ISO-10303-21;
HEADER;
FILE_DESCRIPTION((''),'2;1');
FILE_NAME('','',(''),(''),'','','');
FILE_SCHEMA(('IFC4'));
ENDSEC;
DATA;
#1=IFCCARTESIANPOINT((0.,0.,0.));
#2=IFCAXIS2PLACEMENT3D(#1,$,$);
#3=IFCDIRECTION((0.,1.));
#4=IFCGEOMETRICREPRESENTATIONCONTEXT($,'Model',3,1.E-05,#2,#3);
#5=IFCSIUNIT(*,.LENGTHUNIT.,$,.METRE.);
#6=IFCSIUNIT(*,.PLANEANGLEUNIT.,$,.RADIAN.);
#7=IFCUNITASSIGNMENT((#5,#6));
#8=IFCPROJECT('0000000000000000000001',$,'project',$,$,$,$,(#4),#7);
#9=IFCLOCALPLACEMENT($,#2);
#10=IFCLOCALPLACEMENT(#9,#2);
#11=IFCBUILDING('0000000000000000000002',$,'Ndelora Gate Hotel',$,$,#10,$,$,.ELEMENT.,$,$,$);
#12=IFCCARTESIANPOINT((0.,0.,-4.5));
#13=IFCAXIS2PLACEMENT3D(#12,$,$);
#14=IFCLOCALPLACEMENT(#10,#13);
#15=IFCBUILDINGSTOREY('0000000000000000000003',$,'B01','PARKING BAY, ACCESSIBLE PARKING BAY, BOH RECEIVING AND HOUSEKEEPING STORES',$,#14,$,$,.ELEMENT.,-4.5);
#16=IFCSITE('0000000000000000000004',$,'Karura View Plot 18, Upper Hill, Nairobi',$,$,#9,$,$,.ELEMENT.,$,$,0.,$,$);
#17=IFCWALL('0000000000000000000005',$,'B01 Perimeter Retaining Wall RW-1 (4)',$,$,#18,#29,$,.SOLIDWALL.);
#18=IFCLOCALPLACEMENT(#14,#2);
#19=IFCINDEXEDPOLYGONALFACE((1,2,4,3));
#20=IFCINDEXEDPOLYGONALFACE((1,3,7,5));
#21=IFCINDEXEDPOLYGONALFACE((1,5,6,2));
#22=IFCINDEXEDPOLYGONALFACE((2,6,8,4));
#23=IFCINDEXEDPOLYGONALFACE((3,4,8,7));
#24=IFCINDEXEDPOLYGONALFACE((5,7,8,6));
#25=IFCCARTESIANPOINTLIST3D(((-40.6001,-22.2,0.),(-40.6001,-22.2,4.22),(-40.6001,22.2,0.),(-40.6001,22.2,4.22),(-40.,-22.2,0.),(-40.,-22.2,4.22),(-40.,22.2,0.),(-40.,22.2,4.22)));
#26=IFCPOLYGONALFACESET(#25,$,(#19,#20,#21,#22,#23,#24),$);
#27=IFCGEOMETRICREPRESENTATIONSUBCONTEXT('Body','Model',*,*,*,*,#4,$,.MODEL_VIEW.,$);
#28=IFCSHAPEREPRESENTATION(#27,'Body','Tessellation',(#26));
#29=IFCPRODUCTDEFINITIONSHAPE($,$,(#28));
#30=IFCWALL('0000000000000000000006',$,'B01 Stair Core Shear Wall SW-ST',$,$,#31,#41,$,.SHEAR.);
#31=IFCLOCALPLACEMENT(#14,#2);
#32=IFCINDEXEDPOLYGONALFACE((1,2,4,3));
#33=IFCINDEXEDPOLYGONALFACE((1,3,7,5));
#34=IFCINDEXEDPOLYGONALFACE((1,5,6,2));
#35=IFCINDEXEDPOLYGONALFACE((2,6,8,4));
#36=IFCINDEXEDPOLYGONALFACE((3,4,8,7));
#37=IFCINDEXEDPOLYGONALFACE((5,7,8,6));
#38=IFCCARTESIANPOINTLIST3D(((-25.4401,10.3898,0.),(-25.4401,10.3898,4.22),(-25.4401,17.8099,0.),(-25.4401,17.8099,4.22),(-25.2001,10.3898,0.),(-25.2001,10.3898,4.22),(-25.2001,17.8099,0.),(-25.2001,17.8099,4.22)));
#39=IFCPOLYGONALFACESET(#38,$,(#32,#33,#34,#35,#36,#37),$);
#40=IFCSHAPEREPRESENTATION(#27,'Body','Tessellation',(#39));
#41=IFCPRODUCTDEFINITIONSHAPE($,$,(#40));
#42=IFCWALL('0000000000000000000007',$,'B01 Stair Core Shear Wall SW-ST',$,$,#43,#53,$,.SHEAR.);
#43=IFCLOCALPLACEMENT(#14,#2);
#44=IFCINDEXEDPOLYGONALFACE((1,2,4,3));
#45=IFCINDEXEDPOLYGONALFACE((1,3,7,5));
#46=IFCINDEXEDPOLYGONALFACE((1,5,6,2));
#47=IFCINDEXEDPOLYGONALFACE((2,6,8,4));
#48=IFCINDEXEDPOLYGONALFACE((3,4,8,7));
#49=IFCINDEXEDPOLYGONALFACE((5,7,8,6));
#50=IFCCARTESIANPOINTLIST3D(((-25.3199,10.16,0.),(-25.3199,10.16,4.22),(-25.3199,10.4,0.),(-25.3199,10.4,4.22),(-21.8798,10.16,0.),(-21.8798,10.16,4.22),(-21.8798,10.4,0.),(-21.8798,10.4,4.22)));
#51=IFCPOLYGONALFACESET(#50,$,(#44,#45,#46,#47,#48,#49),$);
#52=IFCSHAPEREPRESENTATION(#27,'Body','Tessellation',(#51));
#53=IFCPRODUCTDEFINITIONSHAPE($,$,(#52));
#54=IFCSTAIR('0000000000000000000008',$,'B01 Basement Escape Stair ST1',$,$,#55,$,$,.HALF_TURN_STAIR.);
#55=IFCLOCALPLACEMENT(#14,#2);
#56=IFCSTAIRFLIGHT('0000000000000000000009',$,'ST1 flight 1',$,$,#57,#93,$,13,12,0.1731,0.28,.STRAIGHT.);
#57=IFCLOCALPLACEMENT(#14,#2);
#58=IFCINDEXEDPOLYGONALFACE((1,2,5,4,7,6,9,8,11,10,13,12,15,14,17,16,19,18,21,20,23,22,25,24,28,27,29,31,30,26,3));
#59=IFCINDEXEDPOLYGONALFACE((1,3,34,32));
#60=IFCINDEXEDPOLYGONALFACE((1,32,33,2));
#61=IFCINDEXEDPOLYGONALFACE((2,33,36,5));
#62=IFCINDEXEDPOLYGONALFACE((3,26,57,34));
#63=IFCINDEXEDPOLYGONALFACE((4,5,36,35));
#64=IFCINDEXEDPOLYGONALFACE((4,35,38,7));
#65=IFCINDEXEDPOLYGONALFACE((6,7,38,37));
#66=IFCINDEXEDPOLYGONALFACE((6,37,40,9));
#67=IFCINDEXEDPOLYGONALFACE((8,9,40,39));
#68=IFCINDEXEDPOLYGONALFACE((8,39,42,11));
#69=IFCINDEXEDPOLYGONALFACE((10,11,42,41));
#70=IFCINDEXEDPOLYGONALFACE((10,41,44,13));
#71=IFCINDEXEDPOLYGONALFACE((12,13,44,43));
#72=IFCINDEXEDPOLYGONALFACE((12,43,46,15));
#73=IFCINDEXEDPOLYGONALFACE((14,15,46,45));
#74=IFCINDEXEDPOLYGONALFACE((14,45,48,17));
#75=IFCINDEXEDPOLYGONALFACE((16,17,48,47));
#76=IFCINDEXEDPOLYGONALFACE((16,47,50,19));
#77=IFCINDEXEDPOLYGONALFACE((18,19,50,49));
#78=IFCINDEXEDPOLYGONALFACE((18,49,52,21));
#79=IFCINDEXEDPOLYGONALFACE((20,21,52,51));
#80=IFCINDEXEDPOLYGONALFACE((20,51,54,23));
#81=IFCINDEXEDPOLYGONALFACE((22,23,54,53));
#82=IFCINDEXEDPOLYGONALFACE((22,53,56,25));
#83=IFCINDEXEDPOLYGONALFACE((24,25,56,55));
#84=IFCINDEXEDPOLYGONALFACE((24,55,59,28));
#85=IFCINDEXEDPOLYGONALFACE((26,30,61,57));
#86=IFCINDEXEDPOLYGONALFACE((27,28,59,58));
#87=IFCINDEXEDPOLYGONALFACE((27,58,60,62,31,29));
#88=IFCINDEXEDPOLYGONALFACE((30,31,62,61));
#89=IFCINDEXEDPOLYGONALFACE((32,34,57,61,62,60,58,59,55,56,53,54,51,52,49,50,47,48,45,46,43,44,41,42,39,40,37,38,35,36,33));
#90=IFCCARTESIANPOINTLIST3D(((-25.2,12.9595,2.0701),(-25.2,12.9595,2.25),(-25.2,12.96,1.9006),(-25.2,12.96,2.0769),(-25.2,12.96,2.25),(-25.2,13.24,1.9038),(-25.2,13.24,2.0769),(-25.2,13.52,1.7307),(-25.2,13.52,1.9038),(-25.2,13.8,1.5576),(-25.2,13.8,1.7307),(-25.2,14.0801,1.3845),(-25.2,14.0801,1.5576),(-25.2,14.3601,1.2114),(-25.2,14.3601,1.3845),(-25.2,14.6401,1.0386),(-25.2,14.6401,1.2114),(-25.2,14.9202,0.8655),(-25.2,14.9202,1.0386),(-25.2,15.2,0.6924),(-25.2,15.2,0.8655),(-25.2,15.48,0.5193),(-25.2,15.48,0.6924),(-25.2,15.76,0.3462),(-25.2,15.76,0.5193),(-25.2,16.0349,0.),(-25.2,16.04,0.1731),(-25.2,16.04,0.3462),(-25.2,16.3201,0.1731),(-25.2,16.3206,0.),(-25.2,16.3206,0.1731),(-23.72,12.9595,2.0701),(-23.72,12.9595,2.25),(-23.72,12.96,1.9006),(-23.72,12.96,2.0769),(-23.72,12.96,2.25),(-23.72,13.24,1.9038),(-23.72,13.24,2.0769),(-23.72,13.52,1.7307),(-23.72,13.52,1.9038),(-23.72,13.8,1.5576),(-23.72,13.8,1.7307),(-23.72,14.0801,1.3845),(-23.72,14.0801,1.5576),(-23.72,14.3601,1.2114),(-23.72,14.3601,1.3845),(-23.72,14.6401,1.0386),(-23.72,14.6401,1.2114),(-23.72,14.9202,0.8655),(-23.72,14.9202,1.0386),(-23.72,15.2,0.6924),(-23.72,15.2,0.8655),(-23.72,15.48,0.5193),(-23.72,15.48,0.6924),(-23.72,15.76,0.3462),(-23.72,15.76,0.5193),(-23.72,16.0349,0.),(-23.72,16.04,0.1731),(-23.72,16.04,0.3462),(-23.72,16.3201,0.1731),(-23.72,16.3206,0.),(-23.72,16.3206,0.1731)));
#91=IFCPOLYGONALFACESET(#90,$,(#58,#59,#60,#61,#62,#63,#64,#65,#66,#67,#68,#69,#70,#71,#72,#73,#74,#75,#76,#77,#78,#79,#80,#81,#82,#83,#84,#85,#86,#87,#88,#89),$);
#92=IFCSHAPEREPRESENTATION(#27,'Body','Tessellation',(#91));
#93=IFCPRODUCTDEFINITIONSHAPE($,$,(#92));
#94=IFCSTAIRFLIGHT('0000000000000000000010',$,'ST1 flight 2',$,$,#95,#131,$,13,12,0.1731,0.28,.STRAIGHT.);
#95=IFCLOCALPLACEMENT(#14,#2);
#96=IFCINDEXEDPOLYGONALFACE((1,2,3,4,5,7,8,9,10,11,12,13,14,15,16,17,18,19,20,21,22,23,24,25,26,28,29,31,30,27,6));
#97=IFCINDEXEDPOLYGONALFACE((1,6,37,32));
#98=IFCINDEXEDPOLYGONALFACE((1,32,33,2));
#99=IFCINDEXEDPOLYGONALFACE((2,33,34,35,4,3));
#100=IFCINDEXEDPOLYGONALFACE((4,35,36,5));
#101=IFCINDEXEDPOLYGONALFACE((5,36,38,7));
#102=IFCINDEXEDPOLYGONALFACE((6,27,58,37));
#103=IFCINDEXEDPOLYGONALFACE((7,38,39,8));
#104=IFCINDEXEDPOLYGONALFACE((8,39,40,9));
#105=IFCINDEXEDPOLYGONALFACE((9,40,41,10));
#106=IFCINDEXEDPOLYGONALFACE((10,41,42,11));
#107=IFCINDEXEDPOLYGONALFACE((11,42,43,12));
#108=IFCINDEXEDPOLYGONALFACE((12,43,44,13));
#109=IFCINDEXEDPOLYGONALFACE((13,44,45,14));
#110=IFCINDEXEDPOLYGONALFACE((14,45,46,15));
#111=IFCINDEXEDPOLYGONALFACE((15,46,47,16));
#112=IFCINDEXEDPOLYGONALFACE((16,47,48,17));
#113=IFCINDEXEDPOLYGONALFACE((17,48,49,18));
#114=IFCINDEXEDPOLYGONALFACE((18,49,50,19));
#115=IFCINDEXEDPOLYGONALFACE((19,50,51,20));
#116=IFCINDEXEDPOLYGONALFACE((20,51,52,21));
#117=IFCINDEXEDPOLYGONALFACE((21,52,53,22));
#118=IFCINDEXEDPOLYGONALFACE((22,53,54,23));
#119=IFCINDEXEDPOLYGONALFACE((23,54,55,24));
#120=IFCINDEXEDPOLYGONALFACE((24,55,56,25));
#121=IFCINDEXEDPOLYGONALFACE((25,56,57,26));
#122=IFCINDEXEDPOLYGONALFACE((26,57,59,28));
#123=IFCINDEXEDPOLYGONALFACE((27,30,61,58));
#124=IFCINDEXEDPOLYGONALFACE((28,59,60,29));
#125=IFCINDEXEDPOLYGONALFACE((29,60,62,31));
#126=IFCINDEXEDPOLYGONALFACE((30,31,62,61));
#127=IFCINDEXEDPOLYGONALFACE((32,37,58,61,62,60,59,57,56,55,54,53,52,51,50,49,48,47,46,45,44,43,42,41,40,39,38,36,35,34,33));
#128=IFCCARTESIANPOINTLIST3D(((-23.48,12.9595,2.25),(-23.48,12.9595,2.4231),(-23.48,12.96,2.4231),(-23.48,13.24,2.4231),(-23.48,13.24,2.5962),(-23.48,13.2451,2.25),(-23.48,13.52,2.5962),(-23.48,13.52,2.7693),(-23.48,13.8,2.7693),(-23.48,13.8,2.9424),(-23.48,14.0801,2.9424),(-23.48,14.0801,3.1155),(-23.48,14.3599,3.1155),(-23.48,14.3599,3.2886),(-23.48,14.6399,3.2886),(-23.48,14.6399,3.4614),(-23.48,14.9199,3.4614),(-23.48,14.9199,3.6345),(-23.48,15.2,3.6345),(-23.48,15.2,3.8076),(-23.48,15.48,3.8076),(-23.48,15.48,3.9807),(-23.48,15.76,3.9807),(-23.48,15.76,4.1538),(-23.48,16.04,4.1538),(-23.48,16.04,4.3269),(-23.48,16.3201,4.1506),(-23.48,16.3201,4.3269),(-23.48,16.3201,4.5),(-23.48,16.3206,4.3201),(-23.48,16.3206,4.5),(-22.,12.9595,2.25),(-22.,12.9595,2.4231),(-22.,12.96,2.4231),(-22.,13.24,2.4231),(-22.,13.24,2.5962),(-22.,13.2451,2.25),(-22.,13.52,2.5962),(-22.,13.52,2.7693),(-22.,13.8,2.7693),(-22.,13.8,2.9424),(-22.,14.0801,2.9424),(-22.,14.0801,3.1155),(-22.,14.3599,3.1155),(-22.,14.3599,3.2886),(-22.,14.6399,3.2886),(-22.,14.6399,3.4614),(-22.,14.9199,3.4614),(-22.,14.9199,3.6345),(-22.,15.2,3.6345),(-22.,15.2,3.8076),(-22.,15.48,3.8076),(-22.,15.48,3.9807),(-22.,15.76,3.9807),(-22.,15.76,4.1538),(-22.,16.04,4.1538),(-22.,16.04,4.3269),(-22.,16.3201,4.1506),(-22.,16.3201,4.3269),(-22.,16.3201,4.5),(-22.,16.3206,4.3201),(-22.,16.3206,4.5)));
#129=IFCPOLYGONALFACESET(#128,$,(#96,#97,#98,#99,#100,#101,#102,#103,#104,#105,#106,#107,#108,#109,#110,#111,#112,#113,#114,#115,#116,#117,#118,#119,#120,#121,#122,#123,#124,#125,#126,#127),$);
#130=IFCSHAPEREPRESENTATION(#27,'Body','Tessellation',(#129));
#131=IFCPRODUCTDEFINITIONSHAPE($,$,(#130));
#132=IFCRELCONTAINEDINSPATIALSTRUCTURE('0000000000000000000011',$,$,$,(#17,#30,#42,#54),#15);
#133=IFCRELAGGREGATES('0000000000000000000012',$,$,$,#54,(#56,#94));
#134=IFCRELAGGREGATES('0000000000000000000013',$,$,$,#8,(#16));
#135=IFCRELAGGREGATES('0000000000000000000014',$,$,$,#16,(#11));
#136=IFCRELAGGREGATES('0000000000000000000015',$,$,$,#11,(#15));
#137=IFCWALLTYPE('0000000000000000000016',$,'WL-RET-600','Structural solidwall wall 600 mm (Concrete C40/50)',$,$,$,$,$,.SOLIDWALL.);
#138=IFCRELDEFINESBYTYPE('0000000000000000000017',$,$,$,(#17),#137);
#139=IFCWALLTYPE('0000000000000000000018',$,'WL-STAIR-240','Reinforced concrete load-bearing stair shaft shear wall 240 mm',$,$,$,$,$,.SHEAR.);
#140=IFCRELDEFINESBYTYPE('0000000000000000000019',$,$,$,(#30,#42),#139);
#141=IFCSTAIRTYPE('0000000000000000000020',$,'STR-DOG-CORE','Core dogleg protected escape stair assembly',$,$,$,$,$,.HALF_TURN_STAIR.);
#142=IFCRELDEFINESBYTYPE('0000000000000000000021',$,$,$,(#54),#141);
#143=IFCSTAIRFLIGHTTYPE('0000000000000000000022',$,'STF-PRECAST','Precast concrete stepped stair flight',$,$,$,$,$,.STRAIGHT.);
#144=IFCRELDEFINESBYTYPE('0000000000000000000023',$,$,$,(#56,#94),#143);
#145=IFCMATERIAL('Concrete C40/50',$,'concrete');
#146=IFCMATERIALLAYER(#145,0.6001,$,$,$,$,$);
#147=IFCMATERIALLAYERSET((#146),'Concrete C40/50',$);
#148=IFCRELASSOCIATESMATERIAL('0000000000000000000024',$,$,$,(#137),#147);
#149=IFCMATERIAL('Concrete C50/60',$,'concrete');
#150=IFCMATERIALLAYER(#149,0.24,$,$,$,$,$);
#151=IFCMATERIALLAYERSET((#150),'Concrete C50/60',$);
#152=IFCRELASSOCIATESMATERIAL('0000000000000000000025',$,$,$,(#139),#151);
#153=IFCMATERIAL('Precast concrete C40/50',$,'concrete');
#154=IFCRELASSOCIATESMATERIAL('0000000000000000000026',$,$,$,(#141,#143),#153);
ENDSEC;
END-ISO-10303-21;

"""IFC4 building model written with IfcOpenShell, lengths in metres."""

from ifc_helpers import new_model, si_unit, direction, frame, frame_2d, origin, place, context, subcontext, project, spatial, polyline, rectangle, outline, extrude, material, layer, layer_set, type_object, element, aggregate, save


model = new_model("IFC4")

# Units and contexts
model_context = context("Model", 3, precision=1e-05, world=origin(), true_north=direction((0.0, 1.0)))
body_context = subcontext(model_context, "Body", "Model", "MODEL_VIEW")
ifc_project = project(units=[si_unit("LENGTHUNIT", "METRE"), si_unit("PLANEANGLEUNIT", "RADIAN")], contexts=[model_context])

# Site, building, storey
site_placement = place(None, origin())
site = spatial("IfcSite", under=ifc_project, at=site_placement, Name="Karura View Plot 18, Upper Hill, Nairobi", CompositionType="ELEMENT", RefElevation=0.0)
building_placement = place(site_placement, origin())
building = spatial("IfcBuilding", under=site, at=building_placement, Name="Ndelora Gate Hotel", CompositionType="ELEMENT")
storey_placement = place(building_placement, frame((0.0, 0.0, -4.5)))
storey = spatial("IfcBuildingStorey", under=building, at=storey_placement, Name="B01", Description="PARKING BAY, ACCESSIBLE PARKING BAY, BOH RECEIVING AND HOUSEKEEPING STORES", CompositionType="ELEMENT", Elevation=-4.5)

# Shared definitions
ifc_material_1 = material(Name="Concrete C50/60", Category="concrete")

# Walls
ifc_material_2 = material(Name="Concrete C40/50", Category="concrete")
ifc_layer_1 = layer(ifc_material_2, 0.6001)
ifc_layer_set_1 = layer_set([ifc_layer_1], Name="Concrete C40/50")
wall_type_1 = type_object("IfcWallType", Name="WL-RET-600", Description="Structural solidwall wall 600 mm (Concrete C40/50)", PredefinedType="SOLIDWALL", material=ifc_layer_set_1)
wall_1_placement = place(storey_placement, frame((-40.3, 22.2, 0.0), z_axis=(0.0, 0.0, 1.0), x_axis=(0.0, -1.0, 0.0)))
element("IfcWall", 1, at=wall_1_placement, inside=storey, type_object=wall_type_1, Name="B01 Perimeter Retaining Wall RW-1 (4)", PredefinedType="SOLIDWALL", context=body_context, shape_type="SweptSolid", body=[
    extrude(rectangle(XDim=44.3999, YDim=0.6001, at=frame_2d((22.2, 0.0))), origin(), (0.0, 0.0, 1.0), 4.22),
])
ifc_layer_2 = layer(ifc_material_1, 0.24)
ifc_layer_set_2 = layer_set([ifc_layer_2], Name="Concrete C50/60")
wall_type_2 = type_object("IfcWallType", Name="WL-STAIR-240", Description="Reinforced concrete load-bearing stair shaft shear wall 240 mm", PredefinedType="SHEAR", material=ifc_layer_set_2)
wall_2_placement = place(storey_placement, frame((-25.3201, 10.3899, 0.0), z_axis=(0.0, 0.0, 1.0), x_axis=(0.0, 1.0, 0.0)))
element("IfcWall", 2, at=wall_2_placement, inside=storey, type_object=wall_type_2, Name="B01 Stair Core Shear Wall SW-ST", PredefinedType="SHEAR", context=body_context, shape_type="SweptSolid", body=[
    extrude(rectangle(XDim=7.4202, YDim=0.24, at=frame_2d((3.71, 0.0))), origin(), (0.0, 0.0, 1.0), 4.22),
])
wall_3_placement = place(storey_placement, frame((-25.3201, 10.28, 0.0), z_axis=(0.0, 0.0, 1.0), x_axis=(1.0, 0.0, 0.0)))
element("IfcWall", 3, at=wall_3_placement, inside=storey, type_object=wall_type_2, Name="B01 Stair Core Shear Wall SW-ST", PredefinedType="SHEAR", context=body_context, shape_type="SweptSolid", body=[
    extrude(rectangle(XDim=3.4402, YDim=0.24, at=frame_2d((1.7202, 0.0))), origin(), (0.0, 0.0, 1.0), 4.22),
])

# Stair, stair flights
ifc_material_3 = material(Name="Precast concrete C40/50", Category="concrete")
stair_type = type_object("IfcStairType", Name="STR-DOG-CORE", Description="Core dogleg protected escape stair assembly", PredefinedType="HALF_TURN_STAIR", material=ifc_material_3)
stair_placement = place(storey_placement, origin())
stair = element("IfcStair", 4, at=stair_placement, inside=storey, type_object=stair_type, Name="B01 Basement Escape Stair ST1", PredefinedType="HALF_TURN_STAIR")
stair_flight_type = type_object("IfcStairFlightType", Name="STF-PRECAST", Description="Precast concrete stepped stair flight", PredefinedType="STRAIGHT", material=ifc_material_3)
stair_flight_1_placement = place(storey_placement, frame((-24.46, 16.3201, 0.0), z_axis=(0.0, 0.0, 1.0), x_axis=(0.0, -1.0, 0.0)))
stair_flight_1 = element("IfcStairFlight", 5, at=stair_flight_1_placement, type_object=stair_flight_type, Name="ST1 flight 1", NumberOfRisers=13, NumberOfTreads=12, PredefinedType="STRAIGHT", RiserHeight=0.1731, TreadLength=0.28, context=body_context, shape_type="SweptSolid", body=[
    extrude(outline(polyline([(-0.0005, 0.0), (-0.0005, 0.1731), (0.0, 0.1731), (0.28, 0.1731), (0.28, 0.3462), (0.5601, 0.3462), (0.5601, 0.5193), (0.8401, 0.5193), (0.8401, 0.6924), (1.1201, 0.6924), (1.1201, 0.8655), (1.3999, 0.8655), (1.3999, 1.0386), (1.6799, 1.0386), (1.6799, 1.2114), (1.96, 1.2114), (1.96, 1.3845), (2.24, 1.3845), (2.24, 1.5576), (2.52, 1.5576), (2.52, 1.7307), (2.8, 1.7307), (2.8, 1.9038), (3.0801, 1.9038), (3.0801, 2.0769), (3.3601, 2.0769), (3.3601, 2.25), (3.3606, 2.25), (3.3606, 2.0701), (3.3601, 1.9006), (0.2852, 0.0), (-0.0005, 0.0)])), frame((0.0, 0.74, 0.0), z_axis=(0.0, -1.0, 0.0), x_axis=(1.0, 0.0, 0.0)), (0.0, 0.0, 1.0), 1.48),
])
stair_flight_2_placement = place(storey_placement, frame((-22.74, 12.96, 2.25), z_axis=(0.0, 0.0, 1.0), x_axis=(0.0, 1.0, 0.0)))
stair_flight_2 = element("IfcStairFlight", 6, at=stair_flight_2_placement, type_object=stair_flight_type, Name="ST1 flight 2", NumberOfRisers=13, NumberOfTreads=12, PredefinedType="STRAIGHT", RiserHeight=0.1731, TreadLength=0.28, context=body_context, shape_type="SweptSolid", body=[
    extrude(outline(polyline([(-0.0005, 0.0), (-0.0005, 0.1731), (0.0, 0.1731), (0.28, 0.1731), (0.28, 0.3462), (0.5601, 0.3462), (0.5601, 0.5193), (0.8401, 0.5193), (0.8401, 0.6924), (1.1201, 0.6924), (1.1201, 0.8655), (1.3999, 0.8655), (1.3999, 1.0386), (1.6799, 1.0386), (1.6799, 1.2114), (1.96, 1.2114), (1.96, 1.3845), (2.24, 1.3845), (2.24, 1.5576), (2.52, 1.5576), (2.52, 1.7307), (2.8, 1.7307), (2.8, 1.9038), (3.0801, 1.9038), (3.0801, 2.0769), (3.3601, 2.0769), (3.3601, 2.25), (3.3606, 2.25), (3.3606, 2.0701), (3.3601, 1.9006), (0.2852, 0.0), (-0.0005, 0.0)])), frame((0.0, 0.74, 0.0), z_axis=(0.0, -1.0, 0.0), x_axis=(1.0, 0.0, 0.0)), (0.0, 0.0, 1.0), 1.48),
])
aggregate(stair, [stair_flight_1, stair_flight_2])

save(model, "model.ifc")
